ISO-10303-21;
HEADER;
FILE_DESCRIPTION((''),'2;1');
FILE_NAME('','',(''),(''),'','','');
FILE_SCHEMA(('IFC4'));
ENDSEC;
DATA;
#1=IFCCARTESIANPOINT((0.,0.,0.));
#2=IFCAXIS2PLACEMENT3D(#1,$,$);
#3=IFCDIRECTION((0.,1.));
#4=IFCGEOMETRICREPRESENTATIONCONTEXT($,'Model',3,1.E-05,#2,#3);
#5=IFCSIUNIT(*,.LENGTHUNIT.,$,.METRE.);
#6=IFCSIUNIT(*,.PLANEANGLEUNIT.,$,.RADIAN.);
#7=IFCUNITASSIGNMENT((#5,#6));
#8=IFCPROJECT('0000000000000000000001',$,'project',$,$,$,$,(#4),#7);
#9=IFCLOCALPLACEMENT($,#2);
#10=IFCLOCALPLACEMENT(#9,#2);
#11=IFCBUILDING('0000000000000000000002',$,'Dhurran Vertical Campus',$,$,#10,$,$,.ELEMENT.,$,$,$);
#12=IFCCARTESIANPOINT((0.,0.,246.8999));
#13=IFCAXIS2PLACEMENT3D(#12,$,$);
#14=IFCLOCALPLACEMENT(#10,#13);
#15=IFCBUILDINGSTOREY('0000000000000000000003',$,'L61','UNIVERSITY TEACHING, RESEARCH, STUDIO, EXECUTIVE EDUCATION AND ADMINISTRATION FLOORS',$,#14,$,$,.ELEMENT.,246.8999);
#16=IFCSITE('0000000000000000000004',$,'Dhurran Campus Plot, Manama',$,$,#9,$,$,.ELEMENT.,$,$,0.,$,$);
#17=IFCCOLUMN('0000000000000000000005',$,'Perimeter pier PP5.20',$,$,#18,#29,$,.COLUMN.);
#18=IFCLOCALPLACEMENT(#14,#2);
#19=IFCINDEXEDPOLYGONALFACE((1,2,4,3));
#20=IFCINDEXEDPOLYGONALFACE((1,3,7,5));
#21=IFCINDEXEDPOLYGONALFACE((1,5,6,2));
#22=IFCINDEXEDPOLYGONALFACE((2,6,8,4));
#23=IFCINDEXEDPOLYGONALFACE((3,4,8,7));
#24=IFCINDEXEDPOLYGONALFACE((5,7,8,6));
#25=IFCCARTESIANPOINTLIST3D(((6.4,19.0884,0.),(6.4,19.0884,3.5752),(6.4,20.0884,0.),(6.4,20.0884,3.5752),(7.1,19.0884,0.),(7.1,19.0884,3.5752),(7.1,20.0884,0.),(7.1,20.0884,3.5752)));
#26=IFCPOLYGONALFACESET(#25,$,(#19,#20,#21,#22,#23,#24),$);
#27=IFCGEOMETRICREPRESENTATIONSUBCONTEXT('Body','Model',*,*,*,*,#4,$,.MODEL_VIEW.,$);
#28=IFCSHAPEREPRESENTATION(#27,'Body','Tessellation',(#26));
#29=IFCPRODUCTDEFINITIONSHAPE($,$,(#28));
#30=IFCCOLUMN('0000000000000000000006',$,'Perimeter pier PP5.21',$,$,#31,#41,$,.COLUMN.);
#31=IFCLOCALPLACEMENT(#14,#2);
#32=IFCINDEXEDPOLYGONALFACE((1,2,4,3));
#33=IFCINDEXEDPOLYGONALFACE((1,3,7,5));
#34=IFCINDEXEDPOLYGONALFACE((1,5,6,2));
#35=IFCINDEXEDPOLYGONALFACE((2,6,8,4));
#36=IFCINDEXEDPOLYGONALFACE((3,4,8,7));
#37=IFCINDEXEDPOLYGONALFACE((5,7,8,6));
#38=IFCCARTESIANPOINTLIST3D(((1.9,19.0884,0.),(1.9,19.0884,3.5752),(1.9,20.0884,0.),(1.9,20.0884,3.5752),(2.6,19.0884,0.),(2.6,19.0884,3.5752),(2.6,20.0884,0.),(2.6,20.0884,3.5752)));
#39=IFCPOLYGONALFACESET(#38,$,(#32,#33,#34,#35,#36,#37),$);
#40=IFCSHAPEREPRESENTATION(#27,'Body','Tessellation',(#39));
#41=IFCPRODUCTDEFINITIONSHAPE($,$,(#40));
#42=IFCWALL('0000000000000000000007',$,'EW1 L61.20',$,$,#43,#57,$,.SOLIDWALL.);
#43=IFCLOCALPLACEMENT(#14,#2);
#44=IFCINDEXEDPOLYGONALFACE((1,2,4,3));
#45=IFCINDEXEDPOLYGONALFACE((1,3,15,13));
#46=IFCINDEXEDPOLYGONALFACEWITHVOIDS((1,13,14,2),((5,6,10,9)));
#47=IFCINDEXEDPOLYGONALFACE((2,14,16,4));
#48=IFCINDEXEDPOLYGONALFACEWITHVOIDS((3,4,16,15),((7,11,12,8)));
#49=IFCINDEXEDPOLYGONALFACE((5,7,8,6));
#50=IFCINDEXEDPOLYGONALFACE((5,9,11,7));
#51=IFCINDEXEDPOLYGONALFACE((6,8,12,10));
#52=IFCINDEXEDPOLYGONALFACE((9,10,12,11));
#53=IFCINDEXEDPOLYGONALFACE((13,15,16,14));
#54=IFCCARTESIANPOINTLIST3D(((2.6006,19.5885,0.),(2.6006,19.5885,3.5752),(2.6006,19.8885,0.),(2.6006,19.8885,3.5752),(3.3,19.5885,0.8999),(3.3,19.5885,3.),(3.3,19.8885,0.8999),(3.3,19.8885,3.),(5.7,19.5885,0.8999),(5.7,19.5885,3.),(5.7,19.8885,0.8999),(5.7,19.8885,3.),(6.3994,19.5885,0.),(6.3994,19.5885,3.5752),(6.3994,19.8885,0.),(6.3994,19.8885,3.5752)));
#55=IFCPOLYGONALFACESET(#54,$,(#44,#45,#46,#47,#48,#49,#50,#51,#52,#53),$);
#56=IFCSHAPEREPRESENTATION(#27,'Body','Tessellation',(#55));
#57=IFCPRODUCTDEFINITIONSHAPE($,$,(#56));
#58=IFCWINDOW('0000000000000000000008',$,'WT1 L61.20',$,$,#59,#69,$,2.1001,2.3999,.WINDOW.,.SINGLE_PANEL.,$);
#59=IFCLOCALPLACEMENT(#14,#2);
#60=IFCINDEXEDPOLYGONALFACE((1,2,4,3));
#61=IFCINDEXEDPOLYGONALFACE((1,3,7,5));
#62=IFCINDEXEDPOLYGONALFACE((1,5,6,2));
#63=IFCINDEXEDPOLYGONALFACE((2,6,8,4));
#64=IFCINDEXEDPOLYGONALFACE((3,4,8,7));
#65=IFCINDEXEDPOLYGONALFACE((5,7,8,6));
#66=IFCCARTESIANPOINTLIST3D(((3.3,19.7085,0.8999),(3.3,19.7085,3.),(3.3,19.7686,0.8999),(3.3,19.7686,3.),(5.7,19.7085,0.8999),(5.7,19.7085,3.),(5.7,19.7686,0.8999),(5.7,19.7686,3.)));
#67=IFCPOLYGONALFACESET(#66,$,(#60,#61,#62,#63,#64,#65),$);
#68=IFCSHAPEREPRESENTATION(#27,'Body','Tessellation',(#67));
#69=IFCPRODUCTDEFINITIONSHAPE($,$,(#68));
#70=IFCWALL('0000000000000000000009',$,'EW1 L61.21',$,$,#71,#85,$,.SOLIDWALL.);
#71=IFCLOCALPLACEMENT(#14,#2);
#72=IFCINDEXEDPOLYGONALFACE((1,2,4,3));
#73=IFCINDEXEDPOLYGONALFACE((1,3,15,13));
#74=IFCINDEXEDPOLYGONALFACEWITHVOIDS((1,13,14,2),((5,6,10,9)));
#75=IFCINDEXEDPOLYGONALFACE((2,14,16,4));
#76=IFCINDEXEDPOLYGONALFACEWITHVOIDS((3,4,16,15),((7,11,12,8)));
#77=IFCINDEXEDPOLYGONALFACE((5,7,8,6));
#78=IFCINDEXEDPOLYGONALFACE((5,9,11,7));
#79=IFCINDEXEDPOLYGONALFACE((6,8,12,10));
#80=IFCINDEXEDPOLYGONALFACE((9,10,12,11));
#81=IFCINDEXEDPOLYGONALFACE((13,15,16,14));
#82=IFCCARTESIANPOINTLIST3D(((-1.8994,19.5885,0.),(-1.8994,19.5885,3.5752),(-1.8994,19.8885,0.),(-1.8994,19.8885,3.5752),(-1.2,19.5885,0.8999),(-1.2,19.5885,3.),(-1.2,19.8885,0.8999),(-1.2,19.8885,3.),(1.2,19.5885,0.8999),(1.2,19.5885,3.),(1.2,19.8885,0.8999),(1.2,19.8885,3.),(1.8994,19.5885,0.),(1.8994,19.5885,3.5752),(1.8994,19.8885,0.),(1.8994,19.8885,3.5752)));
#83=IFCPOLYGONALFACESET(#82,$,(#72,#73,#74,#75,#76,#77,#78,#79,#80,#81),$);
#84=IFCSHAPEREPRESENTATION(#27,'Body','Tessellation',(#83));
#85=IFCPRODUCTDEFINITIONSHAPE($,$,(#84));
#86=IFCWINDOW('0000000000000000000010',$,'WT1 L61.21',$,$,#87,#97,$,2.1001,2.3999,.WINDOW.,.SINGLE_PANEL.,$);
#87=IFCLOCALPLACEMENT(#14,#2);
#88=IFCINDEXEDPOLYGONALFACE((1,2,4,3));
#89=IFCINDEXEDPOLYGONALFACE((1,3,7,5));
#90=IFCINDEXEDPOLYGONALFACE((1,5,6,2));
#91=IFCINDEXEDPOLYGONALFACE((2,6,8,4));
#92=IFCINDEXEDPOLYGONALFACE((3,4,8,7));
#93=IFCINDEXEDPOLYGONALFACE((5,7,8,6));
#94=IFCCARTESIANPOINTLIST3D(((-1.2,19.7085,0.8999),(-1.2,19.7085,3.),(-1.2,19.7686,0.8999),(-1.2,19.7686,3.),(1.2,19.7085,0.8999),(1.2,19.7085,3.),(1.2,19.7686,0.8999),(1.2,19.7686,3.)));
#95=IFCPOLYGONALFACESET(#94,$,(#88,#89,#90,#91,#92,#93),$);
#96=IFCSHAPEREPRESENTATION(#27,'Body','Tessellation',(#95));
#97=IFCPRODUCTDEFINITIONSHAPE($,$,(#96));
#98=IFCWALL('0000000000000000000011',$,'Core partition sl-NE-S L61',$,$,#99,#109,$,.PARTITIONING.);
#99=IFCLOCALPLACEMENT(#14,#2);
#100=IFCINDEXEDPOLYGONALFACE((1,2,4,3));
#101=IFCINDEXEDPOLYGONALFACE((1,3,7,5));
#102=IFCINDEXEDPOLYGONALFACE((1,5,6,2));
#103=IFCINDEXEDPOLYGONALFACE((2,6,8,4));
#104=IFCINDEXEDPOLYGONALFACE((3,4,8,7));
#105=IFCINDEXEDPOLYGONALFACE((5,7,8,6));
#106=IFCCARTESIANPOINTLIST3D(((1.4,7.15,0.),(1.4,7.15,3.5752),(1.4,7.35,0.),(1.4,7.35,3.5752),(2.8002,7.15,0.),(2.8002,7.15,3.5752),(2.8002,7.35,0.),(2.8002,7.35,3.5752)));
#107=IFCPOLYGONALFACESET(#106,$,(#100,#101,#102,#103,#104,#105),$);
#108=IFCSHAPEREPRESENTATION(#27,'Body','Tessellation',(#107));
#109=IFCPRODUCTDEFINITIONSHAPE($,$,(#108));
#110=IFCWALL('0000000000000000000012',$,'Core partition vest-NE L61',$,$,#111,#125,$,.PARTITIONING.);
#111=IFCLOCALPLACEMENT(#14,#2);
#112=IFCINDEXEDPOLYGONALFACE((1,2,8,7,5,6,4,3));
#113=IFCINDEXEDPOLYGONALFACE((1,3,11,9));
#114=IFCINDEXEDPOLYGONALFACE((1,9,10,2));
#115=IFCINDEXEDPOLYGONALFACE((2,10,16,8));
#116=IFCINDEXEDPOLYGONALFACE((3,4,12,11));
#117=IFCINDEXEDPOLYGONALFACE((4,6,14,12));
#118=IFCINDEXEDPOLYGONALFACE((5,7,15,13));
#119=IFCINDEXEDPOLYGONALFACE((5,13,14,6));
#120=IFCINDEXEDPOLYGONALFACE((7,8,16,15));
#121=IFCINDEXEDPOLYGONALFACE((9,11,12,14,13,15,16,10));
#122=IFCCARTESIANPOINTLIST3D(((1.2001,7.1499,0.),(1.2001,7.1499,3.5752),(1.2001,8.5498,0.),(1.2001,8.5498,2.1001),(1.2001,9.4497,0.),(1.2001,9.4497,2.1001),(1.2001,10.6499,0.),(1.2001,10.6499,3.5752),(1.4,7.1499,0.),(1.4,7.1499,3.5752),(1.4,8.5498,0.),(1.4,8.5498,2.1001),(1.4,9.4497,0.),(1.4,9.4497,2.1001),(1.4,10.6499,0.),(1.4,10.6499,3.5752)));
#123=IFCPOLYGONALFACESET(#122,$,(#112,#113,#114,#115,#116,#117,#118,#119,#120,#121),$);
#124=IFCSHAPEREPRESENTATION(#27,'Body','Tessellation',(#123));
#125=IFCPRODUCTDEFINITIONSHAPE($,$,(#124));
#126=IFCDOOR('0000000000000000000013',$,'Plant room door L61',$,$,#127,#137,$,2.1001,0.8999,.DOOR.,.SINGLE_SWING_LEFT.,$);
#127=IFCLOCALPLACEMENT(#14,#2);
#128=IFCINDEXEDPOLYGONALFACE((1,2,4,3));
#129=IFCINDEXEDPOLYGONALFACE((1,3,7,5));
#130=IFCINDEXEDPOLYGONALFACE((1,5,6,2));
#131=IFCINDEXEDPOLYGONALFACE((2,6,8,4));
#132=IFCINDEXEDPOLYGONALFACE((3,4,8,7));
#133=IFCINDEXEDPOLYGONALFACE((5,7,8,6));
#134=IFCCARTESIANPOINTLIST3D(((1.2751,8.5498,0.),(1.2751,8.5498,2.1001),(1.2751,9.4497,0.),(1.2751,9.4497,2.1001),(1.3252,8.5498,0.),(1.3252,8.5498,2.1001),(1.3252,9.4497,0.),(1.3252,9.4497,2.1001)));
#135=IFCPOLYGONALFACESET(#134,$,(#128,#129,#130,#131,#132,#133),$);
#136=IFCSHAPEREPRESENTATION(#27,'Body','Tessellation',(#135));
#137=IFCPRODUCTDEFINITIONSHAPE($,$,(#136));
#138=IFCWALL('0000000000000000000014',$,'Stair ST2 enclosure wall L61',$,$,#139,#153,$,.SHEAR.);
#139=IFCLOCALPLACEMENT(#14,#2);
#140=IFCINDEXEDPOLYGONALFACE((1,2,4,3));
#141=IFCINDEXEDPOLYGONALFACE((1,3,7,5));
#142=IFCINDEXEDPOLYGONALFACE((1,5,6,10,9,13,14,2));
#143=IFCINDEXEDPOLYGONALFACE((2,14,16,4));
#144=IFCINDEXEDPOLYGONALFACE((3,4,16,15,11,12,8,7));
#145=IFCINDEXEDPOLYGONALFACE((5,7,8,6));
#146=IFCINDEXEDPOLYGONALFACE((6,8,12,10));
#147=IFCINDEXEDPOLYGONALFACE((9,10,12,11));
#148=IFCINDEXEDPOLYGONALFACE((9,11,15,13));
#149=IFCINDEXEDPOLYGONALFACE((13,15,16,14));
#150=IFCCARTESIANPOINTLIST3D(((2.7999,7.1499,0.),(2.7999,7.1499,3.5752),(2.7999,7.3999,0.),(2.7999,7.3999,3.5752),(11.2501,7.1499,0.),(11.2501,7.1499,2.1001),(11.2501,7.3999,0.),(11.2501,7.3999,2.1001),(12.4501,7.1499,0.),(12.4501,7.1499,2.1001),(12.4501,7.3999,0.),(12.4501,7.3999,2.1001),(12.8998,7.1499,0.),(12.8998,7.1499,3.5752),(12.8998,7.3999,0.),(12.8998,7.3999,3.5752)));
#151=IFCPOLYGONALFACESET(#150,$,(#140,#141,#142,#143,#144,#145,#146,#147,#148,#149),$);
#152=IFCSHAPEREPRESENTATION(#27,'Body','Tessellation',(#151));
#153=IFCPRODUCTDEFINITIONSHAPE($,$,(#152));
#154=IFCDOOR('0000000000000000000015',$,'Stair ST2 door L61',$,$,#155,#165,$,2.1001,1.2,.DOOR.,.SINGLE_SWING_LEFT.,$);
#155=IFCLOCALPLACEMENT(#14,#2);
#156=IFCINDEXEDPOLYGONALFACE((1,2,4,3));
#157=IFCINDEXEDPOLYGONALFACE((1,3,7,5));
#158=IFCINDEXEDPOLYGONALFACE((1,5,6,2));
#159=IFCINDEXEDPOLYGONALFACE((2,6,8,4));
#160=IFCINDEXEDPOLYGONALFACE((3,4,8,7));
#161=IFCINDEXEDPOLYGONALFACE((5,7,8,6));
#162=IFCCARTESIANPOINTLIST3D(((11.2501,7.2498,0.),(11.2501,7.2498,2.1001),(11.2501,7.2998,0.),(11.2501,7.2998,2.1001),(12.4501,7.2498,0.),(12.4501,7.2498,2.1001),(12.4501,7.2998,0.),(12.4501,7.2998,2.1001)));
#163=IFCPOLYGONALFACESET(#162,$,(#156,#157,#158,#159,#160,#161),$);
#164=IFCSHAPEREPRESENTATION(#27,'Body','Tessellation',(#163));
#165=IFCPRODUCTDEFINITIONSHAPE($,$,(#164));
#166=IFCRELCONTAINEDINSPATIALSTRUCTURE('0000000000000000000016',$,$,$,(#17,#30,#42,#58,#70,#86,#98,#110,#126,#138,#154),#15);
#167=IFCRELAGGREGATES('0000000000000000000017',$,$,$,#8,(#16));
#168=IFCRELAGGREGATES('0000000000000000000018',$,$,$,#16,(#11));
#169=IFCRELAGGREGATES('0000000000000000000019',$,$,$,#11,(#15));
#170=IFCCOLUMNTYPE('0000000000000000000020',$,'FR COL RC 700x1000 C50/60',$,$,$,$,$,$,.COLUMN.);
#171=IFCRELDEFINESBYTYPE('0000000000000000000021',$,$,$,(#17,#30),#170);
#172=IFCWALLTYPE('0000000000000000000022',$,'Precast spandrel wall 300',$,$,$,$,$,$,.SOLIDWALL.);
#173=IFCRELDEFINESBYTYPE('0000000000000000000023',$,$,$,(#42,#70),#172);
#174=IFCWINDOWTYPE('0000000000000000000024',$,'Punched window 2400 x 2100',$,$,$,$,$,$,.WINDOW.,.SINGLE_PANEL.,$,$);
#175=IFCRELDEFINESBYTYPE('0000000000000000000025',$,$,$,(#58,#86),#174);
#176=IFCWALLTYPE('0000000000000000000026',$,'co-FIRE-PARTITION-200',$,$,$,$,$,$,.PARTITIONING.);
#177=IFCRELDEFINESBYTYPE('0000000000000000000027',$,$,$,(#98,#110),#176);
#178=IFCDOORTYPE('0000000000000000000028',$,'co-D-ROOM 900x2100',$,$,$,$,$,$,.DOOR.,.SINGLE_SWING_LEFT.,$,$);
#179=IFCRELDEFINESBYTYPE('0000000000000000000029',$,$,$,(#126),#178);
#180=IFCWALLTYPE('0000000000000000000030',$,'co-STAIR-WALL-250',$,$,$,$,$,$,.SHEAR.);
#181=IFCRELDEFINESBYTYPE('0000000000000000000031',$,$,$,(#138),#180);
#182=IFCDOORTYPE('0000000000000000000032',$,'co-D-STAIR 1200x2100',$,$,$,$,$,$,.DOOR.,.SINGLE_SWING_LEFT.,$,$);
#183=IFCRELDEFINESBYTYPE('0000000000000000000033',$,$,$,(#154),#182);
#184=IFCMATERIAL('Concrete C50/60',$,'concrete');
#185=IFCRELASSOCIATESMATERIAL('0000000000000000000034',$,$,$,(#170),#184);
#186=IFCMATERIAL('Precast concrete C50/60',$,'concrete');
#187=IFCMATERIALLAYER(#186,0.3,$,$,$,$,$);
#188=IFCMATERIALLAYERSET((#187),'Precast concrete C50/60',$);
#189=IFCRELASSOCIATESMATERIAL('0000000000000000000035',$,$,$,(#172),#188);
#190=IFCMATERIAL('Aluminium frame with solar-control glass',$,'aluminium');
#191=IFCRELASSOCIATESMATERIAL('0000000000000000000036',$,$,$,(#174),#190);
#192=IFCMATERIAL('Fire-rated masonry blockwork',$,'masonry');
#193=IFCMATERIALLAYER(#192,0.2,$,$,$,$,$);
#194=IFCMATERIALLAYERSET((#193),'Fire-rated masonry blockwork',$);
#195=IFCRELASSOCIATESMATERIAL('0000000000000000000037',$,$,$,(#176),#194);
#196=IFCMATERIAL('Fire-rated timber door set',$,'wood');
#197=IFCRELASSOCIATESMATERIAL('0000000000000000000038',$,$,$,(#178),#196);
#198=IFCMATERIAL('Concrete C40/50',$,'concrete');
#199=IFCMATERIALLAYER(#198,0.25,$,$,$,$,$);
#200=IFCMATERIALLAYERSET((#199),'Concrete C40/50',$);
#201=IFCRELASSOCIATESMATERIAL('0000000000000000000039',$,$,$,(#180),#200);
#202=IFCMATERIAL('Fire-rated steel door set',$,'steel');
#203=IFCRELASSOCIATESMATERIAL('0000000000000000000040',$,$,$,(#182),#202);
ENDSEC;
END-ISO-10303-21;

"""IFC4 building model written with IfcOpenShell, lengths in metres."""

from ifc_helpers import new_model, si_unit, direction, frame, frame_2d, origin, origin_2d, place, context, subcontext, project, spatial, rectangle, extrude, material, layer, layer_set, material_profile, profile_set, type_object, element, fill, save


model = new_model("IFC4")

# Units and contexts
model_context = context("Model", 3, precision=1e-05, world=origin(), true_north=direction((0.0, 1.0)))
body_context = subcontext(model_context, "Body", "Model", "MODEL_VIEW")
ifc_project = project(units=[si_unit("LENGTHUNIT", "METRE"), si_unit("PLANEANGLEUNIT", "RADIAN")], contexts=[model_context])

# Site, building, storey
site_placement = place(None, origin())
site = spatial("IfcSite", under=ifc_project, at=site_placement, Name="Dhurran Campus Plot, Manama", CompositionType="ELEMENT", RefElevation=0.0)
building_placement = place(site_placement, origin())
building = spatial("IfcBuilding", under=site, at=building_placement, Name="Dhurran Vertical Campus", CompositionType="ELEMENT")
storey_placement = place(building_placement, frame((0.0, 0.0, 246.8999)))
storey = spatial("IfcBuildingStorey", under=building, at=storey_placement, Name="L61", Description="UNIVERSITY TEACHING, RESEARCH, STUDIO, EXECUTIVE EDUCATION AND ADMINISTRATION FLOORS", CompositionType="ELEMENT", Elevation=246.8999)

# Columns
ifc_material_1 = material(Name="Concrete C50/60", Category="concrete")
ifc_material_profile = material_profile(ifc_material_1, rectangle(XDim=0.7, YDim=1.0, at=origin_2d()), Name="RC 700x1000")
ifc_profile_set = profile_set([ifc_material_profile], Name="Concrete C50/60")
column_type = type_object("IfcColumnType", Name="FR COL RC 700x1000 C50/60", PredefinedType="COLUMN", material=ifc_profile_set)
for number, where, z_axis, x_axis, name in (
    (1, (6.75, 19.5884, 0.0), (0.0, 0.0, 1.0), (-1.0, 0.0, 0.0), "Perimeter pier PP5.20"),
    (2, (2.25, 19.5884, 0.0), (0.0, 0.0, 1.0), (-1.0, 0.0, 0.0), "Perimeter pier PP5.21"),
):
    element("IfcColumn", number, at=place(storey_placement, frame(where, z_axis=z_axis, x_axis=x_axis)), inside=storey, type_object=column_type, Name=name, PredefinedType="COLUMN", context=body_context, shape_type="SweptSolid", body=[
        extrude(rectangle(XDim=0.7, YDim=1.0, at=origin_2d()), origin(), (0.0, 0.0, 1.0), 3.5752),
    ])

# Walls, openings, windows
ifc_material_2 = material(Name="Precast concrete C50/60", Category="concrete")
ifc_layer_1 = layer(ifc_material_2, 0.3)
ifc_layer_set_1 = layer_set([ifc_layer_1], Name="Precast concrete C50/60")
wall_type_1 = type_object("IfcWallType", Name="Precast spandrel wall 300", PredefinedType="SOLIDWALL", material=ifc_layer_set_1)
wall_1_placement = place(storey_placement, frame((6.3994, 19.7385, 0.0), z_axis=(0.0, 0.0, 1.0), x_axis=(-1.0, 0.0, 0.0)))
wall_1 = element("IfcWall", 3, at=wall_1_placement, inside=storey, type_object=wall_type_1, Name="EW1 L61.20", PredefinedType="SOLIDWALL", context=body_context, shape_type="SweptSolid", body=[
    extrude(rectangle(XDim=3.7988, YDim=0.3, at=frame_2d((1.8994, 0.0))), origin(), (0.0, 0.0, 1.0), 3.5752),
])
opening_1_placement = place(wall_1_placement, frame((0.6995, 0.0, 0.8999)))
opening_1 = element("IfcOpeningElement", 4, at=opening_1_placement, cuts=wall_1, PredefinedType="OPENING", context=body_context, shape_type="SweptSolid", body=[
    extrude(rectangle(XDim=2.3999, YDim=2.1001, at=frame_2d((1.2, 1.05))), frame((0.0, 0.1599, 0.0), z_axis=(0.0, -1.0, 0.0), x_axis=(1.0, 0.0, 0.0)), (0.0, 0.0, 1.0), 0.3201),
])
ifc_material_3 = material(Name="Aluminium frame with solar-control glass", Category="aluminium")
window_type = type_object("IfcWindowType", Name="Punched window 2400 x 2100", PartitioningType="SINGLE_PANEL", PredefinedType="WINDOW", material=ifc_material_3)
window_1_placement = place(opening_1_placement, origin())
window_1 = element("IfcWindow", 5, at=window_1_placement, inside=storey, type_object=window_type, Name="WT1 L61.20", OverallHeight=2.1001, OverallWidth=2.3999, PartitioningType="SINGLE_PANEL", PredefinedType="WINDOW", context=body_context, shape_type="SweptSolid", body=[
    extrude(rectangle(XDim=2.3999, YDim=2.1001, at=frame_2d((1.2, 1.05))), frame((0.0, 0.03, 0.0), z_axis=(0.0, -1.0, 0.0), x_axis=(1.0, 0.0, 0.0)), (0.0, 0.0, 1.0), 0.0601),
])
fill(opening_1, window_1)
wall_2_placement = place(storey_placement, frame((1.8994, 19.7385, 0.0), z_axis=(0.0, 0.0, 1.0), x_axis=(-1.0, 0.0, 0.0)))
wall_2 = element("IfcWall", 6, at=wall_2_placement, inside=storey, type_object=wall_type_1, Name="EW1 L61.21", PredefinedType="SOLIDWALL", context=body_context, shape_type="SweptSolid", body=[
    extrude(rectangle(XDim=3.7988, YDim=0.3, at=frame_2d((1.8994, 0.0))), origin(), (0.0, 0.0, 1.0), 3.5752),
])
opening_2_placement = place(wall_2_placement, frame((0.6995, 0.0, 0.8999)))
opening_2 = element("IfcOpeningElement", 7, at=opening_2_placement, cuts=wall_2, PredefinedType="OPENING", context=body_context, shape_type="SweptSolid", body=[
    extrude(rectangle(XDim=2.3999, YDim=2.1001, at=frame_2d((1.2, 1.05))), frame((0.0, 0.1599, 0.0), z_axis=(0.0, -1.0, 0.0), x_axis=(1.0, 0.0, 0.0)), (0.0, 0.0, 1.0), 0.3201),
])
window_2_placement = place(opening_2_placement, origin())
window_2 = element("IfcWindow", 8, at=window_2_placement, inside=storey, type_object=window_type, Name="WT1 L61.21", OverallHeight=2.1001, OverallWidth=2.3999, PartitioningType="SINGLE_PANEL", PredefinedType="WINDOW", context=body_context, shape_type="SweptSolid", body=[
    extrude(rectangle(XDim=2.3999, YDim=2.1001, at=frame_2d((1.2, 1.05))), frame((0.0, 0.03, 0.0), z_axis=(0.0, -1.0, 0.0), x_axis=(1.0, 0.0, 0.0)), (0.0, 0.0, 1.0), 0.0601),
])
fill(opening_2, window_2)

# Wall
ifc_material_4 = material(Name="Fire-rated masonry blockwork", Category="masonry")
ifc_layer_2 = layer(ifc_material_4, 0.2)
ifc_layer_set_2 = layer_set([ifc_layer_2], Name="Fire-rated masonry blockwork")
wall_type_2 = type_object("IfcWallType", Name="co-FIRE-PARTITION-200", PredefinedType="PARTITIONING", material=ifc_layer_set_2)
wall_3_placement = place(storey_placement, frame((1.3999, 7.25, 0.0), z_axis=(0.0, 0.0, 1.0), x_axis=(1.0, 0.0, 0.0)))
element("IfcWall", 9, at=wall_3_placement, inside=storey, type_object=wall_type_2, Name="Core partition sl-NE-S L61", PredefinedType="PARTITIONING", context=body_context, shape_type="SweptSolid", body=[
    extrude(rectangle(XDim=1.4001, YDim=0.2, at=frame_2d((0.7002, 0.0))), origin(), (0.0, 0.0, 1.0), 3.5752),
])

# Walls, openings, doors
wall_4_placement = place(storey_placement, frame((1.3, 7.1499, 0.0), z_axis=(0.0, 0.0, 1.0), x_axis=(0.0, 1.0, 0.0)))
wall_4 = element("IfcWall", 10, at=wall_4_placement, inside=storey, type_object=wall_type_2, Name="Core partition vest-NE L61", PredefinedType="PARTITIONING", context=body_context, shape_type="SweptSolid", body=[
    extrude(rectangle(XDim=3.5, YDim=0.2, at=frame_2d((1.75, 0.0))), origin(), (0.0, 0.0, 1.0), 3.5752),
])
opening_3_placement = place(wall_4_placement, frame((1.3999, 0.0, 0.0)))
opening_3 = element("IfcOpeningElement", 11, at=opening_3_placement, cuts=wall_4, PredefinedType="OPENING", context=body_context, shape_type="SweptSolid", body=[
    extrude(rectangle(XDim=0.8999, YDim=2.1001, at=frame_2d((0.45, 1.05))), frame((0.0, 0.1099, 0.0), z_axis=(0.0, -1.0, 0.0), x_axis=(1.0, 0.0, 0.0)), (0.0, 0.0, 1.0), 0.22),
])
ifc_material_5 = material(Name="Fire-rated timber door set", Category="wood")
door_type_1 = type_object("IfcDoorType", Name="co-D-ROOM 900x2100", OperationType="SINGLE_SWING_LEFT", PredefinedType="DOOR", material=ifc_material_5)
door_1_placement = place(opening_3_placement, origin())
door_1 = element("IfcDoor", 12, at=door_1_placement, inside=storey, type_object=door_type_1, Name="Plant room door L61", OperationType="SINGLE_SWING_LEFT", OverallHeight=2.1001, OverallWidth=0.8999, PredefinedType="DOOR", context=body_context, shape_type="SweptSolid", body=[
    extrude(rectangle(XDim=0.8999, YDim=2.1001, at=frame_2d((0.45, 1.05))), frame((0.0, 0.0249, 0.0), z_axis=(0.0, -1.0, 0.0), x_axis=(1.0, 0.0, 0.0)), (0.0, 0.0, 1.0), 0.05),
])
fill(opening_3, door_1)
ifc_material_6 = material(Name="Concrete C40/50", Category="concrete")
ifc_layer_3 = layer(ifc_material_6, 0.25)
ifc_layer_set_3 = layer_set([ifc_layer_3], Name="Concrete C40/50")
wall_type_3 = type_object("IfcWallType", Name="co-STAIR-WALL-250", PredefinedType="SHEAR", material=ifc_layer_set_3)
wall_5_placement = place(storey_placement, frame((2.8, 7.2749, 0.0), z_axis=(0.0, 0.0, 1.0), x_axis=(1.0, 0.0, 0.0)))
wall_5 = element("IfcWall", 13, at=wall_5_placement, inside=storey, type_object=wall_type_3, Name="Stair ST2 enclosure wall L61", PredefinedType="SHEAR", context=body_context, shape_type="SweptSolid", body=[
    extrude(rectangle(XDim=10.0999, YDim=0.25, at=frame_2d((5.0498, 0.0))), origin(), (0.0, 0.0, 1.0), 3.5752),
])
opening_4_placement = place(wall_5_placement, frame((8.45, 0.0, 0.0)))
opening_4 = element("IfcOpeningElement", 14, at=opening_4_placement, cuts=wall_5, PredefinedType="OPENING", context=body_context, shape_type="SweptSolid", body=[
    extrude(rectangle(XDim=1.2, YDim=2.1001, at=frame_2d((0.6001, 1.05))), frame((0.0, 0.135, 0.0), z_axis=(0.0, -1.0, 0.0), x_axis=(1.0, 0.0, 0.0)), (0.0, 0.0, 1.0), 0.27),
])
ifc_material_7 = material(Name="Fire-rated steel door set", Category="steel")
door_type_2 = type_object("IfcDoorType", Name="co-D-STAIR 1200x2100", OperationType="SINGLE_SWING_LEFT", PredefinedType="DOOR", material=ifc_material_7)
door_2_placement = place(opening_4_placement, origin())
door_2 = element("IfcDoor", 15, at=door_2_placement, inside=storey, type_object=door_type_2, Name="Stair ST2 door L61", OperationType="SINGLE_SWING_LEFT", OverallHeight=2.1001, OverallWidth=1.2, PredefinedType="DOOR", context=body_context, shape_type="SweptSolid", body=[
    extrude(rectangle(XDim=1.2, YDim=2.1001, at=frame_2d((0.6001, 1.05))), frame((0.0, 0.0249, 0.0), z_axis=(0.0, -1.0, 0.0), x_axis=(1.0, 0.0, 0.0)), (0.0, 0.0, 1.0), 0.05),
])
fill(opening_4, door_2)

save(model, "model.ifc")
